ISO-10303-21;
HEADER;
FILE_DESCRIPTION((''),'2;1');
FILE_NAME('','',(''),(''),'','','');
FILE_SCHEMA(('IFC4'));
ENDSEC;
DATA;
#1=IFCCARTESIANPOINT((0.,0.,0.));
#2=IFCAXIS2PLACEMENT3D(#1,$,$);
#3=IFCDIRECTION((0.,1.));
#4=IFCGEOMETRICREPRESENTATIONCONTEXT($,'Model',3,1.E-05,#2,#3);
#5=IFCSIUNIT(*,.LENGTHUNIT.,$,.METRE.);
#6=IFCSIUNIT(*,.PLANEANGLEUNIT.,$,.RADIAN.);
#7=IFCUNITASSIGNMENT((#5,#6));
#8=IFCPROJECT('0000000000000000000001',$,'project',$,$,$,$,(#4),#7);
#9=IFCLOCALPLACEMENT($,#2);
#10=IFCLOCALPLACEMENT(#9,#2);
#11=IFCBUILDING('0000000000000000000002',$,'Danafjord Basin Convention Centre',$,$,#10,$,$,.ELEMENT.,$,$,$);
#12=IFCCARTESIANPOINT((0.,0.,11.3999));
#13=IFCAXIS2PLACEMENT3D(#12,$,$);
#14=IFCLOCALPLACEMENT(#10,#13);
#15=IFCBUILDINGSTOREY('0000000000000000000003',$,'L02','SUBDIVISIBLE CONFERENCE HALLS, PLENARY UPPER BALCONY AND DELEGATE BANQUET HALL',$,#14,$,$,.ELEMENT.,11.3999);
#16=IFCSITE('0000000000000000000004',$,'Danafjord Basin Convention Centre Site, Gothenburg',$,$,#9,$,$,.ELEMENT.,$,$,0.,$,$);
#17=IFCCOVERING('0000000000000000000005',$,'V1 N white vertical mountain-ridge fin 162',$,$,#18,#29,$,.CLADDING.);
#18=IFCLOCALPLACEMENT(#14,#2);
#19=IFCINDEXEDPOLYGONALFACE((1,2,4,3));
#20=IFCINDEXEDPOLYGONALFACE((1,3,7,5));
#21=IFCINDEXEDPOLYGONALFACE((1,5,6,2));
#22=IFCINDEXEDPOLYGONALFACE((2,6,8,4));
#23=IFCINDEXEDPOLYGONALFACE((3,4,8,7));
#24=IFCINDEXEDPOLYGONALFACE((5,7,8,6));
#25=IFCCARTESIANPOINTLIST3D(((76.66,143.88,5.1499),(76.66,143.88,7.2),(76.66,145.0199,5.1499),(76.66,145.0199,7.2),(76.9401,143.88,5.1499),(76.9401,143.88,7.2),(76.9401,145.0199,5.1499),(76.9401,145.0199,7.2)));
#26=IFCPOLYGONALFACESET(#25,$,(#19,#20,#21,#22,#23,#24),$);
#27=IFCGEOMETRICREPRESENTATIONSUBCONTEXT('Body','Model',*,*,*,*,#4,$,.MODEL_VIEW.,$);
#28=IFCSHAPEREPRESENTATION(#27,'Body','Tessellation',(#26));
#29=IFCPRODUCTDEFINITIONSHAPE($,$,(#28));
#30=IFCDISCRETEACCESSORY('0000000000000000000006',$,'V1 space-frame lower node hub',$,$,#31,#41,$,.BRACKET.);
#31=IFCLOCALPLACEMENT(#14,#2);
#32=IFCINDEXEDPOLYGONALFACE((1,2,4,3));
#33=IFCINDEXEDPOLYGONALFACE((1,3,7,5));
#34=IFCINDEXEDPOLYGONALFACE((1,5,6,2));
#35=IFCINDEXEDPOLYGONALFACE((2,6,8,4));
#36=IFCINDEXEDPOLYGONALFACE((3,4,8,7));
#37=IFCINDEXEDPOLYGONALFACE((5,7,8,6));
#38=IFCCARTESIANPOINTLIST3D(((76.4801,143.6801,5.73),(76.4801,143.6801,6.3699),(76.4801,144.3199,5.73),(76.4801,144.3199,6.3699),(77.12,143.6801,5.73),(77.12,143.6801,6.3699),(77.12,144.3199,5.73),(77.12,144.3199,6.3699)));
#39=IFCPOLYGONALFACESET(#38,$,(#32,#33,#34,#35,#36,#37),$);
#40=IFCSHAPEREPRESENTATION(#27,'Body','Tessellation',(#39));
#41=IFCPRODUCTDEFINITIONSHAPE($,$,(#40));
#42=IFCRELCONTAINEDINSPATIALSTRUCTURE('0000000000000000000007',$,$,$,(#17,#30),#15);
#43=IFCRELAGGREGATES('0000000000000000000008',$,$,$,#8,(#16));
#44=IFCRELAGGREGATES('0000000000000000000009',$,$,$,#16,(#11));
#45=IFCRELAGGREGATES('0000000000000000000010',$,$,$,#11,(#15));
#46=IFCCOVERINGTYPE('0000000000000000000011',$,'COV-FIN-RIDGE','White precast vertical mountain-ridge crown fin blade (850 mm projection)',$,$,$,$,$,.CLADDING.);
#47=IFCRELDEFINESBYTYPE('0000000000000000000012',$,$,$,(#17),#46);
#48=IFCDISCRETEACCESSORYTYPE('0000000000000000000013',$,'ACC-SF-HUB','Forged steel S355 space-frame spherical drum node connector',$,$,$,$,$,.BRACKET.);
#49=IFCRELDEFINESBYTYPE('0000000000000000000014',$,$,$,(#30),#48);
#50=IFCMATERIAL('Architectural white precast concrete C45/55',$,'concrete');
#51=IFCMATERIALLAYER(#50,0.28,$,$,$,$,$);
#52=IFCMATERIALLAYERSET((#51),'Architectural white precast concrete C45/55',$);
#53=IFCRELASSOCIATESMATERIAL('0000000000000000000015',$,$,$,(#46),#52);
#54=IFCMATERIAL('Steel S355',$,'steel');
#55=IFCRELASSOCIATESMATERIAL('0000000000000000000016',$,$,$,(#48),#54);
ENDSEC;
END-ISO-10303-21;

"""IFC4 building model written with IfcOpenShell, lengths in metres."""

from ifc_helpers import new_model, si_unit, direction, frame, origin, origin_2d, place, context, subcontext, project, spatial, rectangle, extrude, material, layer, layer_set, type_object, element, save


model = new_model("IFC4")

# Units and contexts
model_context = context("Model", 3, precision=1e-05, world=origin(), true_north=direction((0.0, 1.0)))
body_context = subcontext(model_context, "Body", "Model", "MODEL_VIEW")
ifc_project = project(units=[si_unit("LENGTHUNIT", "METRE"), si_unit("PLANEANGLEUNIT", "RADIAN")], contexts=[model_context])

# Site, building, storey
site_placement = place(None, origin())
site = spatial("IfcSite", under=ifc_project, at=site_placement, Name="Danafjord Basin Convention Centre Site, Gothenburg", CompositionType="ELEMENT", RefElevation=0.0)
building_placement = place(site_placement, origin())
building = spatial("IfcBuilding", under=site, at=building_placement, Name="Danafjord Basin Convention Centre", CompositionType="ELEMENT")
storey_placement = place(building_placement, frame((0.0, 0.0, 11.3999)))
storey = spatial("IfcBuildingStorey", under=building, at=storey_placement, Name="L02", Description="SUBDIVISIBLE CONFERENCE HALLS, PLENARY UPPER BALCONY AND DELEGATE BANQUET HALL", CompositionType="ELEMENT", Elevation=11.3999)

# Shared definitions
ifc_material_1 = material(Name="Steel S355", Category="steel")

# Covering
ifc_material_2 = material(Name="Architectural white precast concrete C45/55", Category="concrete")
ifc_layer_1 = layer(ifc_material_2, 0.28)
ifc_layer_set_1 = layer_set([ifc_layer_1], Name="Architectural white precast concrete C45/55")
covering_type_1 = type_object("IfcCoveringType", Name="COV-FIN-RIDGE", Description="White precast vertical mountain-ridge crown fin blade (850 mm projection)", PredefinedType="CLADDING", material=ifc_layer_set_1)
covering_1_placement = place(storey_placement, frame((76.8, 144.45, 5.1499), z_axis=(0.0, 0.0, 1.0), x_axis=(0.0, 1.0, 0.0)))
element("IfcCovering", 1, at=covering_1_placement, inside=storey, type_object=covering_type_1, Name="V1 N white vertical mountain-ridge fin 162", PredefinedType="CLADDING", context=body_context, shape_type="SweptSolid", body=[
    extrude(rectangle(XDim=1.1399, YDim=0.28, at=origin_2d()), origin(), (0.0, 0.0, 1.0), 2.05),
])

# Discrete accessory
discrete_accessory_type = type_object("IfcDiscreteAccessoryType", Name="ACC-SF-HUB", Description="Forged steel S355 space-frame spherical drum node connector", PredefinedType="BRACKET", material=ifc_material_1)
discrete_accessory_placement = place(storey_placement, frame((76.8, 144.0, 5.73), z_axis=(0.0, 0.0, 1.0), x_axis=(1.0, 0.0, 0.0)))
element("IfcDiscreteAccessory", 2, at=discrete_accessory_placement, inside=storey, type_object=discrete_accessory_type, Name="V1 space-frame lower node hub", PredefinedType="BRACKET", context=body_context, shape_type="SweptSolid", body=[
    extrude(rectangle(XDim=0.6399, YDim=0.6399, at=origin_2d()), origin(), (0.0, 0.0, 1.0), 0.6399),
])

save(model, "model.ifc")
